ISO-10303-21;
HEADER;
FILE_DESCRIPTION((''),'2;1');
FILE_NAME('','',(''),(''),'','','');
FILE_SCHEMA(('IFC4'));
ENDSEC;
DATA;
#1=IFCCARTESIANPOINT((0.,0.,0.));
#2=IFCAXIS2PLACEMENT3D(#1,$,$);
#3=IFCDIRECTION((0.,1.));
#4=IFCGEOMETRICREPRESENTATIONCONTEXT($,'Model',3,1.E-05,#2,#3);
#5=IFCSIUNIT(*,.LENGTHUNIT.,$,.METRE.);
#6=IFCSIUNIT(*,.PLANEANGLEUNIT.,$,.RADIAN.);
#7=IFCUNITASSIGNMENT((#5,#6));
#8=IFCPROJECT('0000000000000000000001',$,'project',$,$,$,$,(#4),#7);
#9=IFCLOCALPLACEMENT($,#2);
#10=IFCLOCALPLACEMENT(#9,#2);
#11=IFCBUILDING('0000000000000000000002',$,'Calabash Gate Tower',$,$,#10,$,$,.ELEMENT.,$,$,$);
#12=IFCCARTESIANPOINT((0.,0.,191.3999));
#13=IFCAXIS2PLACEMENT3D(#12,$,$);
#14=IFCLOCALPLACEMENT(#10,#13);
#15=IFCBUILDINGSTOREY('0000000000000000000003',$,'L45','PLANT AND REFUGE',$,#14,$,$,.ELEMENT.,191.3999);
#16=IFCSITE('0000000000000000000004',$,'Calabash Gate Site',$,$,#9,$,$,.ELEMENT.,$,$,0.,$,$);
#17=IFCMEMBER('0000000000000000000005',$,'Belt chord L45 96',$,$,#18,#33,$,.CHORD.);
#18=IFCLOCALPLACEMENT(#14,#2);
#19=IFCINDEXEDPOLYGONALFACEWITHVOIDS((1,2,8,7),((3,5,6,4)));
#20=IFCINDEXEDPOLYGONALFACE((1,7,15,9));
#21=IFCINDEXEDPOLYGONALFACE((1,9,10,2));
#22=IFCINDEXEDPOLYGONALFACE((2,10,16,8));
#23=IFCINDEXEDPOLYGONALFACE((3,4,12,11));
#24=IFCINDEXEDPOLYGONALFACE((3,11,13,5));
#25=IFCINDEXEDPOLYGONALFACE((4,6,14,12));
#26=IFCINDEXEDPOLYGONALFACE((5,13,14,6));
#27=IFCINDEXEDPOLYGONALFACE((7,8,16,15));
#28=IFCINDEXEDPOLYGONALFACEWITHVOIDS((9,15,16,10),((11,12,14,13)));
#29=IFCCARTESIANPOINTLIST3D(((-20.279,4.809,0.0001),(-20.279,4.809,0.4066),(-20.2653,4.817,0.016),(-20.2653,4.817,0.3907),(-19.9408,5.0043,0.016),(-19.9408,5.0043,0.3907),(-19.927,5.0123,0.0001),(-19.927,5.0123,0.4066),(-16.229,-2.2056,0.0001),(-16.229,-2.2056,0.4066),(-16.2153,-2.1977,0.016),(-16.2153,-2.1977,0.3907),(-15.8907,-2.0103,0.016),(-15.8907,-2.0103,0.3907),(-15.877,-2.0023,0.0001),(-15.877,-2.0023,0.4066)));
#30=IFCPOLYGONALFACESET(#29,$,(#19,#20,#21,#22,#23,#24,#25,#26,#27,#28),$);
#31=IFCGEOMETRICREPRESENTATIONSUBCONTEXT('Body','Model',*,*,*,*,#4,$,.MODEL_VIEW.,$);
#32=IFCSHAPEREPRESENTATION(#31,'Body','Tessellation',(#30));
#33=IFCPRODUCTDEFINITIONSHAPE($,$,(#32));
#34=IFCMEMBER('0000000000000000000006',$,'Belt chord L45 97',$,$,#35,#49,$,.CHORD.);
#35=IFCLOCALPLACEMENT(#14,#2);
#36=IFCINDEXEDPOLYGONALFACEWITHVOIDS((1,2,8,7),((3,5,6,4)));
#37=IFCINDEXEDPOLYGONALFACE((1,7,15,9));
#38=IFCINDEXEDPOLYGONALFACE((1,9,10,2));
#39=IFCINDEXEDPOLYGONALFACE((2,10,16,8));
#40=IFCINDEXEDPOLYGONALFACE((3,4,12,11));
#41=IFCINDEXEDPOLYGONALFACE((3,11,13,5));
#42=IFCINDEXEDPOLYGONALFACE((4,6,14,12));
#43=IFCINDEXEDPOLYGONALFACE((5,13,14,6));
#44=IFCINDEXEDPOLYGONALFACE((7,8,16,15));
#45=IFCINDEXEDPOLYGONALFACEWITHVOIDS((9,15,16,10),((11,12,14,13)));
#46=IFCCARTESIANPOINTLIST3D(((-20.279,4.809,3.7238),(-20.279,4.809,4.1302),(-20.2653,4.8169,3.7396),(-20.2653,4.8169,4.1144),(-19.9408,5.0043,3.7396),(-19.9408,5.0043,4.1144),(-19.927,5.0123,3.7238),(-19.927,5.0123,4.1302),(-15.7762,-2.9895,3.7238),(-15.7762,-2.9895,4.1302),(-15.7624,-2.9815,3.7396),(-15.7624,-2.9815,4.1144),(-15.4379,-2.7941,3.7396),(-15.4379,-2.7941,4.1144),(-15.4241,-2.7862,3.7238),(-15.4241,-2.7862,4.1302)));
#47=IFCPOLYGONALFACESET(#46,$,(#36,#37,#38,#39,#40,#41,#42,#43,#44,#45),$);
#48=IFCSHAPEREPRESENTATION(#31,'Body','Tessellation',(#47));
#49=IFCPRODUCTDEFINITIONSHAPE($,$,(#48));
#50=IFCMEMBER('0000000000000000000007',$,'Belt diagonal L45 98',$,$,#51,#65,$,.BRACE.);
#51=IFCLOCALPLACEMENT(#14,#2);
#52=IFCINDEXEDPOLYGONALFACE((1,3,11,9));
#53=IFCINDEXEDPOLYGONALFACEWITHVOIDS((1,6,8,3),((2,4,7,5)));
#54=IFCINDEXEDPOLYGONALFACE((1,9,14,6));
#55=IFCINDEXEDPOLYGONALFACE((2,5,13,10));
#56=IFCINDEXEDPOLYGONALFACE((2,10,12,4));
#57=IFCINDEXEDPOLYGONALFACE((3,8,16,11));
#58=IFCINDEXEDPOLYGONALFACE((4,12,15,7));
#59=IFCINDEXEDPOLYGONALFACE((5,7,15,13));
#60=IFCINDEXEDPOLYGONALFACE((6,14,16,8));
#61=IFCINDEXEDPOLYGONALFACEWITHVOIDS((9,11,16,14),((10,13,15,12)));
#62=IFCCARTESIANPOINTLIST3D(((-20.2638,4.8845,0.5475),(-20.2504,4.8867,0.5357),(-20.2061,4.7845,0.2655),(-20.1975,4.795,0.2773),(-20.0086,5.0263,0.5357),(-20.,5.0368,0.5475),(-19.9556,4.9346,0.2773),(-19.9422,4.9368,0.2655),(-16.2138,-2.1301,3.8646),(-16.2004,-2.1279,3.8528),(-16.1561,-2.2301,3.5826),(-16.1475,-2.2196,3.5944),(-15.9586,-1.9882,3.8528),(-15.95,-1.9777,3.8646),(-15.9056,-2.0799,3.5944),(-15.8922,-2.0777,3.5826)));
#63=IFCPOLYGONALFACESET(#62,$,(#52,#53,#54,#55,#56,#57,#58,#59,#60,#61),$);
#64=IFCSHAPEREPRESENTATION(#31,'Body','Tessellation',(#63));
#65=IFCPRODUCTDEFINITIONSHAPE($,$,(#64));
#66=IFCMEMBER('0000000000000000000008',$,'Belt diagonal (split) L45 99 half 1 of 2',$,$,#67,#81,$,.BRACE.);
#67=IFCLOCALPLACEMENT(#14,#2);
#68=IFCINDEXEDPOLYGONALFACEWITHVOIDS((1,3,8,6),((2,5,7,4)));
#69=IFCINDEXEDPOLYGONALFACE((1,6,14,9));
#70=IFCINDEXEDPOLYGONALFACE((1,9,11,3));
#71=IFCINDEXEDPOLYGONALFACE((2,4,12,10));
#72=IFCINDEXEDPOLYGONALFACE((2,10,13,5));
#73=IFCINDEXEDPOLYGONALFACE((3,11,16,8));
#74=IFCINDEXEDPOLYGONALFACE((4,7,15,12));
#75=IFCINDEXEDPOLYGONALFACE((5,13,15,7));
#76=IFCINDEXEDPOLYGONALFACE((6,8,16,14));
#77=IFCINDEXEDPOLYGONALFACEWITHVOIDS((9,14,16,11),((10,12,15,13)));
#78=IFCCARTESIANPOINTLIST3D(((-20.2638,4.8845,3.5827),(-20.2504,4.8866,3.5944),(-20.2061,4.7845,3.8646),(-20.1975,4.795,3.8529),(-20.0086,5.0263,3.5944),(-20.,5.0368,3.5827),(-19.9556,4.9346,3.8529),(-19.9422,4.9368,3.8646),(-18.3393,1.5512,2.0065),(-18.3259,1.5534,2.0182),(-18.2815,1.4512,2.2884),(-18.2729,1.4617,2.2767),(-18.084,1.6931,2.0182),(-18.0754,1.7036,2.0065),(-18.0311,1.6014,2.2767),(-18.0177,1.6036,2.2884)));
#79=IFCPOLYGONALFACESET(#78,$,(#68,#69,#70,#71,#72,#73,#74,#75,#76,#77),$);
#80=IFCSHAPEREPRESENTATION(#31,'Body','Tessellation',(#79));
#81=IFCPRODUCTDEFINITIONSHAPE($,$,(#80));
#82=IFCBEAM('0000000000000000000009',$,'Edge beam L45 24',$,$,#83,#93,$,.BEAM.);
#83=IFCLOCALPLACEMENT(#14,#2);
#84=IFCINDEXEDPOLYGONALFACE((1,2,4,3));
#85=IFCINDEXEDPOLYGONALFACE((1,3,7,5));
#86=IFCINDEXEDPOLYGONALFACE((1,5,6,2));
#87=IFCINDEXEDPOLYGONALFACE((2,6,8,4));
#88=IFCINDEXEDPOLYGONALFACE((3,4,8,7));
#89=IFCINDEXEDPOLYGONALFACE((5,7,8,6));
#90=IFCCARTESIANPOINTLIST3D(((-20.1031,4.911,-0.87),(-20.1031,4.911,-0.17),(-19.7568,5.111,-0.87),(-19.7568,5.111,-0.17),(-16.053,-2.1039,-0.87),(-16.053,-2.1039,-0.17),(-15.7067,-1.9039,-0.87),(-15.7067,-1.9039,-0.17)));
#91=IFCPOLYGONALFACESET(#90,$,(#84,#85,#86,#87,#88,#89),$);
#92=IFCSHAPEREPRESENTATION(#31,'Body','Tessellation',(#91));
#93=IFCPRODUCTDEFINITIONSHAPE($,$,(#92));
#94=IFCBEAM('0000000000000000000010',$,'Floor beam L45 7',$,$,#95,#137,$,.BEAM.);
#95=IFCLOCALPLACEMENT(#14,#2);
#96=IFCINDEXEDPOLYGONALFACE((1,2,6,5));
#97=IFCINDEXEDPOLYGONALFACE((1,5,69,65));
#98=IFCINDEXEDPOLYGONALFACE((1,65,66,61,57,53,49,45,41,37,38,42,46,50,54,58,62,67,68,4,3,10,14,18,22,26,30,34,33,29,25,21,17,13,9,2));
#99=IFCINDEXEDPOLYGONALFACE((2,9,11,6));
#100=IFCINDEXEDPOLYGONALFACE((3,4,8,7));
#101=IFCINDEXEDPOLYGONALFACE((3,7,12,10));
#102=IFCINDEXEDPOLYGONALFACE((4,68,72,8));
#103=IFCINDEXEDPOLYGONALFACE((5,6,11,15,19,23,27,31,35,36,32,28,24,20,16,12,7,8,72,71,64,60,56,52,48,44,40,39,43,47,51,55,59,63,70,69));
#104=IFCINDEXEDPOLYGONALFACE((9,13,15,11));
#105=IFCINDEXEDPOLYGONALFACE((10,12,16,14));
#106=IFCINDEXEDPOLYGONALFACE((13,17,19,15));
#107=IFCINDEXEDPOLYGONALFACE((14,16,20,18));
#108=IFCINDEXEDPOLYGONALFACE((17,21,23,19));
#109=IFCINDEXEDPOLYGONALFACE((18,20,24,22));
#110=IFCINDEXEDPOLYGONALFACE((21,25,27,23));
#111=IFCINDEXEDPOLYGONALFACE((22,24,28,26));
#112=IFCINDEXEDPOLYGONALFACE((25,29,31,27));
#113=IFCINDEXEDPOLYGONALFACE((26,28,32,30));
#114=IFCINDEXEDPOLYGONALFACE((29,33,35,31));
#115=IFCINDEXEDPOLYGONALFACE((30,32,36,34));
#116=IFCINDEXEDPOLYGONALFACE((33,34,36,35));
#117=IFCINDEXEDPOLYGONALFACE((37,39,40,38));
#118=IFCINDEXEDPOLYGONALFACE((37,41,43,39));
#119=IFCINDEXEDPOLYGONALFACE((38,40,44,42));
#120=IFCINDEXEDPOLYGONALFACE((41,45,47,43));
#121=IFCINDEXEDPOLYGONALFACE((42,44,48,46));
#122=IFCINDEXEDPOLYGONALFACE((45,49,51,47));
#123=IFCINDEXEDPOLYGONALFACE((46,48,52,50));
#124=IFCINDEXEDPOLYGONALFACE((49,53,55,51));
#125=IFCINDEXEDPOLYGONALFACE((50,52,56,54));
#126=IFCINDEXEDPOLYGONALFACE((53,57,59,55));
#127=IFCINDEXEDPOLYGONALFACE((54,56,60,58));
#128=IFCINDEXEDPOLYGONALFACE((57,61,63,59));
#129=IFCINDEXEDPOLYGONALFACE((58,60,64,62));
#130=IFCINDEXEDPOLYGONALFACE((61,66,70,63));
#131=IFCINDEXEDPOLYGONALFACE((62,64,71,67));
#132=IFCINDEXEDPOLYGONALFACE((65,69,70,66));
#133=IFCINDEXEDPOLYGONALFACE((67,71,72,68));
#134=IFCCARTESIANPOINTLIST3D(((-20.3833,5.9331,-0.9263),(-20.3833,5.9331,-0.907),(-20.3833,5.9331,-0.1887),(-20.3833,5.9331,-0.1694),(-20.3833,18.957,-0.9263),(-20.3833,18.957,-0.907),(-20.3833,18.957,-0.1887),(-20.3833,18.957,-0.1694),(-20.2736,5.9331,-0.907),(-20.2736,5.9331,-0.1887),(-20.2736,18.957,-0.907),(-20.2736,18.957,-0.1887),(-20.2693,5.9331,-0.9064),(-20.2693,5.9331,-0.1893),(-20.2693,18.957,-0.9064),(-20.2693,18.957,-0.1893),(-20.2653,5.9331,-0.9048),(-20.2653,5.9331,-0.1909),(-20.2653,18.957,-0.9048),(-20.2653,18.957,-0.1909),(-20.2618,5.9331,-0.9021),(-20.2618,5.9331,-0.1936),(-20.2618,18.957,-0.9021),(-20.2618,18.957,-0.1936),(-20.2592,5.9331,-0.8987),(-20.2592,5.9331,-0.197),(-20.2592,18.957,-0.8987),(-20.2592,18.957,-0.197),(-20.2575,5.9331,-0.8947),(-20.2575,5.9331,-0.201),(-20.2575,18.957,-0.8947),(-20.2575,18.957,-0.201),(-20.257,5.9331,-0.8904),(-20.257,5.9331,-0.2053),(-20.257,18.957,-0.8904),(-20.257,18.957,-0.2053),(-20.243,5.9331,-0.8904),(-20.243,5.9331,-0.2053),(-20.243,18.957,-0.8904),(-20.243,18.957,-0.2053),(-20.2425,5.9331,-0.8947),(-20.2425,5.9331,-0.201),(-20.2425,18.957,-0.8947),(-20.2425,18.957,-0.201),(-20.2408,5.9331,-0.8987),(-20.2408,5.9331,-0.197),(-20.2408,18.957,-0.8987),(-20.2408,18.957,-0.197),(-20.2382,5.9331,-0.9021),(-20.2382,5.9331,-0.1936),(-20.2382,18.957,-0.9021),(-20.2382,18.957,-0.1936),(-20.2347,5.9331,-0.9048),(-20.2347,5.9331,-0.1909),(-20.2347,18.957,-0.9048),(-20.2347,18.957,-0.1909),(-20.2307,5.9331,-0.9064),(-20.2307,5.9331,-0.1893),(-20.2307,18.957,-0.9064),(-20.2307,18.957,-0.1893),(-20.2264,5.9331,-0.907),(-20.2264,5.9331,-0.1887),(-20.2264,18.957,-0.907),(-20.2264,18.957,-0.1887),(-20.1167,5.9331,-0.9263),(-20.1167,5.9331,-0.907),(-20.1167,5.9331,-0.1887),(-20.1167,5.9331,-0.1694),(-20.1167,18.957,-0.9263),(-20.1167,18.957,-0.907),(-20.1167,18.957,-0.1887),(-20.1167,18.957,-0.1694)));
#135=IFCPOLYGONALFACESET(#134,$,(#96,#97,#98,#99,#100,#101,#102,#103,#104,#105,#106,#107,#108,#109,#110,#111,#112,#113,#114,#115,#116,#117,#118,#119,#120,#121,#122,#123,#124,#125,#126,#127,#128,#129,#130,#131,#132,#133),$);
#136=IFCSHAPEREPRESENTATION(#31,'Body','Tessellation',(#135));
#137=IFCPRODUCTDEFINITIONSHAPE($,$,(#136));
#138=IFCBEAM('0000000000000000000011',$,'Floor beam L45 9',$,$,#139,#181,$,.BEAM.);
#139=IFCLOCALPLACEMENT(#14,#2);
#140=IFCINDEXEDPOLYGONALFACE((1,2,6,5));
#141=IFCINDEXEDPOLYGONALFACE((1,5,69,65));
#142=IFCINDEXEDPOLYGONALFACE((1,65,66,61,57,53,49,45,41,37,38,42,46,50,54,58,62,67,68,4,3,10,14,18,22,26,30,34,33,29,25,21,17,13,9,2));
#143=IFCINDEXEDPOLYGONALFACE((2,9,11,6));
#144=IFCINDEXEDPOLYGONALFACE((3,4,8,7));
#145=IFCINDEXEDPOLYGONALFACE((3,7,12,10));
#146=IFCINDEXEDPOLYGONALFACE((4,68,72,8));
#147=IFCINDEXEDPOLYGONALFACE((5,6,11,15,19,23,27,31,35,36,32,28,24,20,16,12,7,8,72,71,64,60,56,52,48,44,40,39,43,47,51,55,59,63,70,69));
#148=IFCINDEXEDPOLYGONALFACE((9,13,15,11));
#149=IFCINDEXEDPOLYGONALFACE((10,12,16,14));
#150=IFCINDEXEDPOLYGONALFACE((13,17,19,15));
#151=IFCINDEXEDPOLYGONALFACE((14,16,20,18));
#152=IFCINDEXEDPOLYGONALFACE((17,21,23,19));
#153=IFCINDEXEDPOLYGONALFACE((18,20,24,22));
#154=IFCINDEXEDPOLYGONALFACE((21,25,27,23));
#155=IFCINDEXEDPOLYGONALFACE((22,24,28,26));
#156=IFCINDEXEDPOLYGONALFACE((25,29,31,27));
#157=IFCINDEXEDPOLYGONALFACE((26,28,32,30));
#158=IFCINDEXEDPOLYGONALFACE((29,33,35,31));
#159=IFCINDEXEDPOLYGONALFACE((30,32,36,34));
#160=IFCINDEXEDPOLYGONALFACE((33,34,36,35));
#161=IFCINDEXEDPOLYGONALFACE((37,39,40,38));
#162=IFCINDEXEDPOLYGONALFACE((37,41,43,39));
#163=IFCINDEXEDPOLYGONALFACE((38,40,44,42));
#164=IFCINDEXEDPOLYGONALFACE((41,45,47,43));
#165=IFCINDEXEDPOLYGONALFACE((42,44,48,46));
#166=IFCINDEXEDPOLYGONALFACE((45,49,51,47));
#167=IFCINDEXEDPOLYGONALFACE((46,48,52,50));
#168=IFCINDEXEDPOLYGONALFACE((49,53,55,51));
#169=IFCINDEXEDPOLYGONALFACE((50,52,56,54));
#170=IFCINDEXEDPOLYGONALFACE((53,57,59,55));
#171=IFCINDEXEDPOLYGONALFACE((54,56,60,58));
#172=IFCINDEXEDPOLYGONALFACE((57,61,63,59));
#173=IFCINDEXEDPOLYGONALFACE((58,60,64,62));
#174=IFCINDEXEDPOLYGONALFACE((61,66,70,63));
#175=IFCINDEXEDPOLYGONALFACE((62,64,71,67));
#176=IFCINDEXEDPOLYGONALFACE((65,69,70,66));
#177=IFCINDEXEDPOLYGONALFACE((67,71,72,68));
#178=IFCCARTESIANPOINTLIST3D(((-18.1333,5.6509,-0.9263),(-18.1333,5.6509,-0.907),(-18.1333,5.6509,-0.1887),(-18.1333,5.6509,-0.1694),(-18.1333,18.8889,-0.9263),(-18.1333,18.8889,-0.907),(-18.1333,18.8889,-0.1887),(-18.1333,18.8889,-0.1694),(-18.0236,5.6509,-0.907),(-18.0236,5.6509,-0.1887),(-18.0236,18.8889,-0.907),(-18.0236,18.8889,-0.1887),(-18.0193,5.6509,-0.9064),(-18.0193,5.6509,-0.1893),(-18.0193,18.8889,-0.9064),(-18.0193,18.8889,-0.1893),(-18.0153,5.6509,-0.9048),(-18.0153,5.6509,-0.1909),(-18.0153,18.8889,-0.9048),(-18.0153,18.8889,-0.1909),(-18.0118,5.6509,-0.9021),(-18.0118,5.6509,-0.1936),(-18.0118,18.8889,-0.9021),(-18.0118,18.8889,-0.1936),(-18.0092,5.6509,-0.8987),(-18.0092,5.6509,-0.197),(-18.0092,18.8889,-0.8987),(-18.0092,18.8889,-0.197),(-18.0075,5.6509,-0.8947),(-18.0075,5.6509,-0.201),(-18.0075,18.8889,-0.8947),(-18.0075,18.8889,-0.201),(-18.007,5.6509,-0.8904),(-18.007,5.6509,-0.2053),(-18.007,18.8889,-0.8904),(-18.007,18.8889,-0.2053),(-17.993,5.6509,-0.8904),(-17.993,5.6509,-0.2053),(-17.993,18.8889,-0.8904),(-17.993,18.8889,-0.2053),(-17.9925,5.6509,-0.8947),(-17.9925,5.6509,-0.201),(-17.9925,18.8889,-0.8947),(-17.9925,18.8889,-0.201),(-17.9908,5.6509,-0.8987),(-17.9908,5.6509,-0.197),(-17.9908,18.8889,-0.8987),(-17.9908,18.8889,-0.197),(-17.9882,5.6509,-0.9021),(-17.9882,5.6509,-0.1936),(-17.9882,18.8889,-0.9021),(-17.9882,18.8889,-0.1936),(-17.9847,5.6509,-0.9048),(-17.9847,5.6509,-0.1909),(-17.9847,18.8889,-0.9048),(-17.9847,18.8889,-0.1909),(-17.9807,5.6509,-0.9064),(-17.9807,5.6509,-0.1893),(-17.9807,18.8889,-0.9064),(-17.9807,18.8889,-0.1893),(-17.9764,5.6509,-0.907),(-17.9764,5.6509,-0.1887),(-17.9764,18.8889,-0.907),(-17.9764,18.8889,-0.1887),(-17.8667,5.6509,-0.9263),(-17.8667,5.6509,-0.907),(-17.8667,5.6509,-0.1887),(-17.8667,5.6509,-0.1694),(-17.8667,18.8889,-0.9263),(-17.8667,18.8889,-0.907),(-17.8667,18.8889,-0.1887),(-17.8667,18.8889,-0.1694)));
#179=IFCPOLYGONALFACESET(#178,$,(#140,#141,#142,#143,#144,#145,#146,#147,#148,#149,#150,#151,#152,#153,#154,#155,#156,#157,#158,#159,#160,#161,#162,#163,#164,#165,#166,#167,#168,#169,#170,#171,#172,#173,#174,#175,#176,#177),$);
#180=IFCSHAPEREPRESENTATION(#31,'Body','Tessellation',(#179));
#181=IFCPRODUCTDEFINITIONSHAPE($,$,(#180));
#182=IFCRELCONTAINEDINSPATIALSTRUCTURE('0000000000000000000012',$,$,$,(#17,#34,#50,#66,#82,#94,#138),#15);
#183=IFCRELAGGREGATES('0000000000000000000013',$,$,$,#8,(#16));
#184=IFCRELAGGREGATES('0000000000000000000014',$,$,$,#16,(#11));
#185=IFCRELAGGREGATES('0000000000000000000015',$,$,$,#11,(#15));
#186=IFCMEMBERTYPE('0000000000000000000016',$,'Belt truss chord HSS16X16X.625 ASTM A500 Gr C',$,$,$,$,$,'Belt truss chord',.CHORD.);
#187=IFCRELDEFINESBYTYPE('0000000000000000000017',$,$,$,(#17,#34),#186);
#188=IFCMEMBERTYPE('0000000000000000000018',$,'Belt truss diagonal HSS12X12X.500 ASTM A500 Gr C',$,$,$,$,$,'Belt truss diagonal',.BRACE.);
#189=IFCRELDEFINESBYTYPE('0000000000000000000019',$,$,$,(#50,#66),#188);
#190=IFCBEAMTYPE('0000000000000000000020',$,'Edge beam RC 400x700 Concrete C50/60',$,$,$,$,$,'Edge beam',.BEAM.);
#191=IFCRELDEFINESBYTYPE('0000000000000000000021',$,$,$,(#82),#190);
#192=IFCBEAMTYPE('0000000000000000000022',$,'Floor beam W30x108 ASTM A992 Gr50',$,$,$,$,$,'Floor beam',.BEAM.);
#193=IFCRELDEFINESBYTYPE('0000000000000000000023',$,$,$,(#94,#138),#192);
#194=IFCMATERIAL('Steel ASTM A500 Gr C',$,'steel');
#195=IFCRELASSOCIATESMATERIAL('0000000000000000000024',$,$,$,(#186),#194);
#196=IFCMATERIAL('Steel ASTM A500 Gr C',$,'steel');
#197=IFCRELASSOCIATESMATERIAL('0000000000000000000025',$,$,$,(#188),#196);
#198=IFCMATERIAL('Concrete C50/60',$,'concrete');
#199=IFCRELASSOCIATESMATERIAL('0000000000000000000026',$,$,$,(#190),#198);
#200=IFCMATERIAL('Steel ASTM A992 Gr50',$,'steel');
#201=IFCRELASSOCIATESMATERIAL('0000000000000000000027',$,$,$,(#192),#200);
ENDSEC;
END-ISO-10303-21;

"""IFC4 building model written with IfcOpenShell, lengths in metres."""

from ifc_helpers import new_model, si_unit, direction, frame, origin, origin_2d, place, context, subcontext, project, spatial, rectangle, hollow_rectangle, i_section, extrude, material, material_profile, profile_set, type_object, element, save


model = new_model("IFC4")

# Units and contexts
model_context = context("Model", 3, precision=1e-05, world=origin(), true_north=direction((0.0, 1.0)))
body_context = subcontext(model_context, "Body", "Model", "MODEL_VIEW")
ifc_project = project(units=[si_unit("LENGTHUNIT", "METRE"), si_unit("PLANEANGLEUNIT", "RADIAN")], contexts=[model_context])

# Site, building, storey
site_placement = place(None, origin())
site = spatial("IfcSite", under=ifc_project, at=site_placement, Name="Calabash Gate Site", CompositionType="ELEMENT", RefElevation=0.0)
building_placement = place(site_placement, origin())
building = spatial("IfcBuilding", under=site, at=building_placement, Name="Calabash Gate Tower", CompositionType="ELEMENT")
storey_placement = place(building_placement, frame((0.0, 0.0, 191.3999)))
storey = spatial("IfcBuildingStorey", under=building, at=storey_placement, Name="L45", Description="PLANT AND REFUGE", CompositionType="ELEMENT", Elevation=191.3999)

# Members
ifc_material_1 = material(Name="Steel ASTM A500 Gr C", Category="steel")
ifc_material_profile_1 = material_profile(ifc_material_1, hollow_rectangle(XDim=0.4065, YDim=0.4065, WallThickness=0.0159, at=origin_2d()))
ifc_profile_set_1 = profile_set([ifc_material_profile_1], Name="Steel ASTM A500 Gr C")
member_type_1 = type_object("IfcMemberType", Name="Belt truss chord HSS16X16X.625 ASTM A500 Gr C", ElementType="Belt truss chord", PredefinedType="CHORD", material=ifc_profile_set_1)
member_1_placement = place(storey_placement, frame((-20.103, 4.9106, 0.2034), z_axis=(0.500013, -0.866018, 0.0), x_axis=(0.866018, 0.500013, 0.0)))
element("IfcMember", 1, at=member_1_placement, inside=storey, type_object=member_type_1, Name="Belt chord L45 96", PredefinedType="CHORD", context=body_context, shape_type="SweptSolid", body=[
    extrude(hollow_rectangle(XDim=0.4065, YDim=0.4065, WallThickness=0.0159, at=origin_2d()), origin(), (0.0, 0.0, 1.0), 8.0999),
])
member_2_placement = place(storey_placement, frame((-20.103, 4.9106, 3.927), z_axis=(0.500035, -0.866005, 0.0), x_axis=(0.866005, 0.500035, 0.0)))
element("IfcMember", 2, at=member_2_placement, inside=storey, type_object=member_type_1, Name="Belt chord L45 97", PredefinedType="CHORD", context=body_context, shape_type="SweptSolid", body=[
    extrude(hollow_rectangle(XDim=0.4065, YDim=0.4065, WallThickness=0.0159, at=origin_2d()), origin(), (0.0, 0.0, 1.0), 9.0051),
])
ifc_material_2 = material(Name="Steel ASTM A500 Gr C", Category="steel")
ifc_material_profile_2 = material_profile(ifc_material_2, hollow_rectangle(XDim=0.3047, YDim=0.3047, WallThickness=0.0127, at=origin_2d()))
ifc_profile_set_2 = profile_set([ifc_material_profile_2], Name="Steel ASTM A500 Gr C")
member_type_2 = type_object("IfcMemberType", Name="Belt truss diagonal HSS12X12X.500 ASTM A500 Gr C", ElementType="Belt truss diagonal", PredefinedType="BRACE", material=ifc_profile_set_2)
member_3_placement = place(storey_placement, frame((-20.103, 4.9106, 0.4065), z_axis=(0.462714, -0.801417, 0.37898), x_axis=(0.866018, 0.500013, 0.0)))
element("IfcMember", 3, at=member_3_placement, inside=storey, type_object=member_type_2, Name="Belt diagonal L45 98", PredefinedType="BRACE", context=body_context, shape_type="SweptSolid", body=[
    extrude(hollow_rectangle(XDim=0.3047, YDim=0.3047, WallThickness=0.0127, at=origin_2d()), origin(), (0.0, 0.0, 1.0), 8.7527),
])
member_4_placement = place(storey_placement, frame((-20.103, 4.9106, 3.7236), z_axis=(0.462725, -0.80142, -0.378962), x_axis=(0.866013, 0.500021, 0.0)))
element("IfcMember", 4, at=member_4_placement, inside=storey, type_object=member_type_2, Name="Belt diagonal (split) L45 99 half 1 of 2", PredefinedType="BRACE", context=body_context, shape_type="SweptSolid", body=[
    extrude(hollow_rectangle(XDim=0.3047, YDim=0.3047, WallThickness=0.0127, at=origin_2d()), origin(), (0.0, 0.0, 1.0), 4.1592),
])

# Beams
ifc_material_3 = material(Name="Concrete C50/60", Category="concrete")
ifc_material_profile_3 = material_profile(ifc_material_3, rectangle(XDim=0.3999, YDim=0.7, at=origin_2d()))
ifc_profile_set_3 = profile_set([ifc_material_profile_3], Name="Concrete C50/60")
beam_type_1 = type_object("IfcBeamType", Name="Edge beam RC 400x700 Concrete C50/60", ElementType="Edge beam", PredefinedType="BEAM", material=ifc_profile_set_3)
beam_1_placement = place(storey_placement, frame((-19.9299, 5.011, -0.52), z_axis=(0.5, -0.866025, 0.0), x_axis=(0.866025, 0.5, 0.0)))
element("IfcBeam", 5, at=beam_1_placement, inside=storey, type_object=beam_type_1, Name="Edge beam L45 24", PredefinedType="BEAM", context=body_context, shape_type="SweptSolid", body=[
    extrude(rectangle(XDim=0.3999, YDim=0.7, at=origin_2d()), origin(), (0.0, 0.0, 1.0), 8.1001),
])
ifc_material_4 = material(Name="Steel ASTM A992 Gr50", Category="steel")
ifc_material_profile_4 = material_profile(ifc_material_4, i_section(OverallWidth=0.2666, OverallDepth=0.7568, WebThickness=0.0139, FlangeThickness=0.0193, FilletRadius=0.0166, at=origin_2d()))
ifc_profile_set_4 = profile_set([ifc_material_profile_4], Name="Steel ASTM A992 Gr50")
beam_type_2 = type_object("IfcBeamType", Name="Floor beam W30x108 ASTM A992 Gr50", ElementType="Floor beam", PredefinedType="BEAM", material=ifc_profile_set_4)
beam_2_placement = place(storey_placement, frame((-20.25, 5.9331, -0.5479), z_axis=(0.0, 1.0, 0.0), x_axis=(-1.0, 0.0, 0.0)))
element("IfcBeam", 6, at=beam_2_placement, inside=storey, type_object=beam_type_2, Name="Floor beam L45 7", PredefinedType="BEAM", context=body_context, shape_type="SweptSolid", body=[
    extrude(i_section(OverallWidth=0.2666, OverallDepth=0.7568, WebThickness=0.0139, FlangeThickness=0.0193, FilletRadius=0.0166, at=origin_2d()), origin(), (0.0, 0.0, 1.0), 13.0239),
])
beam_3_placement = place(storey_placement, frame((-18.0, 5.6509, -0.5479), z_axis=(0.0, 1.0, 0.0), x_axis=(-1.0, 0.0, 0.0)))
element("IfcBeam", 7, at=beam_3_placement, inside=storey, type_object=beam_type_2, Name="Floor beam L45 9", PredefinedType="BEAM", context=body_context, shape_type="SweptSolid", body=[
    extrude(i_section(OverallWidth=0.2666, OverallDepth=0.7568, WebThickness=0.0139, FlangeThickness=0.0193, FilletRadius=0.0166, at=origin_2d()), origin(), (0.0, 0.0, 1.0), 13.238),
])

save(model, "model.ifc")
